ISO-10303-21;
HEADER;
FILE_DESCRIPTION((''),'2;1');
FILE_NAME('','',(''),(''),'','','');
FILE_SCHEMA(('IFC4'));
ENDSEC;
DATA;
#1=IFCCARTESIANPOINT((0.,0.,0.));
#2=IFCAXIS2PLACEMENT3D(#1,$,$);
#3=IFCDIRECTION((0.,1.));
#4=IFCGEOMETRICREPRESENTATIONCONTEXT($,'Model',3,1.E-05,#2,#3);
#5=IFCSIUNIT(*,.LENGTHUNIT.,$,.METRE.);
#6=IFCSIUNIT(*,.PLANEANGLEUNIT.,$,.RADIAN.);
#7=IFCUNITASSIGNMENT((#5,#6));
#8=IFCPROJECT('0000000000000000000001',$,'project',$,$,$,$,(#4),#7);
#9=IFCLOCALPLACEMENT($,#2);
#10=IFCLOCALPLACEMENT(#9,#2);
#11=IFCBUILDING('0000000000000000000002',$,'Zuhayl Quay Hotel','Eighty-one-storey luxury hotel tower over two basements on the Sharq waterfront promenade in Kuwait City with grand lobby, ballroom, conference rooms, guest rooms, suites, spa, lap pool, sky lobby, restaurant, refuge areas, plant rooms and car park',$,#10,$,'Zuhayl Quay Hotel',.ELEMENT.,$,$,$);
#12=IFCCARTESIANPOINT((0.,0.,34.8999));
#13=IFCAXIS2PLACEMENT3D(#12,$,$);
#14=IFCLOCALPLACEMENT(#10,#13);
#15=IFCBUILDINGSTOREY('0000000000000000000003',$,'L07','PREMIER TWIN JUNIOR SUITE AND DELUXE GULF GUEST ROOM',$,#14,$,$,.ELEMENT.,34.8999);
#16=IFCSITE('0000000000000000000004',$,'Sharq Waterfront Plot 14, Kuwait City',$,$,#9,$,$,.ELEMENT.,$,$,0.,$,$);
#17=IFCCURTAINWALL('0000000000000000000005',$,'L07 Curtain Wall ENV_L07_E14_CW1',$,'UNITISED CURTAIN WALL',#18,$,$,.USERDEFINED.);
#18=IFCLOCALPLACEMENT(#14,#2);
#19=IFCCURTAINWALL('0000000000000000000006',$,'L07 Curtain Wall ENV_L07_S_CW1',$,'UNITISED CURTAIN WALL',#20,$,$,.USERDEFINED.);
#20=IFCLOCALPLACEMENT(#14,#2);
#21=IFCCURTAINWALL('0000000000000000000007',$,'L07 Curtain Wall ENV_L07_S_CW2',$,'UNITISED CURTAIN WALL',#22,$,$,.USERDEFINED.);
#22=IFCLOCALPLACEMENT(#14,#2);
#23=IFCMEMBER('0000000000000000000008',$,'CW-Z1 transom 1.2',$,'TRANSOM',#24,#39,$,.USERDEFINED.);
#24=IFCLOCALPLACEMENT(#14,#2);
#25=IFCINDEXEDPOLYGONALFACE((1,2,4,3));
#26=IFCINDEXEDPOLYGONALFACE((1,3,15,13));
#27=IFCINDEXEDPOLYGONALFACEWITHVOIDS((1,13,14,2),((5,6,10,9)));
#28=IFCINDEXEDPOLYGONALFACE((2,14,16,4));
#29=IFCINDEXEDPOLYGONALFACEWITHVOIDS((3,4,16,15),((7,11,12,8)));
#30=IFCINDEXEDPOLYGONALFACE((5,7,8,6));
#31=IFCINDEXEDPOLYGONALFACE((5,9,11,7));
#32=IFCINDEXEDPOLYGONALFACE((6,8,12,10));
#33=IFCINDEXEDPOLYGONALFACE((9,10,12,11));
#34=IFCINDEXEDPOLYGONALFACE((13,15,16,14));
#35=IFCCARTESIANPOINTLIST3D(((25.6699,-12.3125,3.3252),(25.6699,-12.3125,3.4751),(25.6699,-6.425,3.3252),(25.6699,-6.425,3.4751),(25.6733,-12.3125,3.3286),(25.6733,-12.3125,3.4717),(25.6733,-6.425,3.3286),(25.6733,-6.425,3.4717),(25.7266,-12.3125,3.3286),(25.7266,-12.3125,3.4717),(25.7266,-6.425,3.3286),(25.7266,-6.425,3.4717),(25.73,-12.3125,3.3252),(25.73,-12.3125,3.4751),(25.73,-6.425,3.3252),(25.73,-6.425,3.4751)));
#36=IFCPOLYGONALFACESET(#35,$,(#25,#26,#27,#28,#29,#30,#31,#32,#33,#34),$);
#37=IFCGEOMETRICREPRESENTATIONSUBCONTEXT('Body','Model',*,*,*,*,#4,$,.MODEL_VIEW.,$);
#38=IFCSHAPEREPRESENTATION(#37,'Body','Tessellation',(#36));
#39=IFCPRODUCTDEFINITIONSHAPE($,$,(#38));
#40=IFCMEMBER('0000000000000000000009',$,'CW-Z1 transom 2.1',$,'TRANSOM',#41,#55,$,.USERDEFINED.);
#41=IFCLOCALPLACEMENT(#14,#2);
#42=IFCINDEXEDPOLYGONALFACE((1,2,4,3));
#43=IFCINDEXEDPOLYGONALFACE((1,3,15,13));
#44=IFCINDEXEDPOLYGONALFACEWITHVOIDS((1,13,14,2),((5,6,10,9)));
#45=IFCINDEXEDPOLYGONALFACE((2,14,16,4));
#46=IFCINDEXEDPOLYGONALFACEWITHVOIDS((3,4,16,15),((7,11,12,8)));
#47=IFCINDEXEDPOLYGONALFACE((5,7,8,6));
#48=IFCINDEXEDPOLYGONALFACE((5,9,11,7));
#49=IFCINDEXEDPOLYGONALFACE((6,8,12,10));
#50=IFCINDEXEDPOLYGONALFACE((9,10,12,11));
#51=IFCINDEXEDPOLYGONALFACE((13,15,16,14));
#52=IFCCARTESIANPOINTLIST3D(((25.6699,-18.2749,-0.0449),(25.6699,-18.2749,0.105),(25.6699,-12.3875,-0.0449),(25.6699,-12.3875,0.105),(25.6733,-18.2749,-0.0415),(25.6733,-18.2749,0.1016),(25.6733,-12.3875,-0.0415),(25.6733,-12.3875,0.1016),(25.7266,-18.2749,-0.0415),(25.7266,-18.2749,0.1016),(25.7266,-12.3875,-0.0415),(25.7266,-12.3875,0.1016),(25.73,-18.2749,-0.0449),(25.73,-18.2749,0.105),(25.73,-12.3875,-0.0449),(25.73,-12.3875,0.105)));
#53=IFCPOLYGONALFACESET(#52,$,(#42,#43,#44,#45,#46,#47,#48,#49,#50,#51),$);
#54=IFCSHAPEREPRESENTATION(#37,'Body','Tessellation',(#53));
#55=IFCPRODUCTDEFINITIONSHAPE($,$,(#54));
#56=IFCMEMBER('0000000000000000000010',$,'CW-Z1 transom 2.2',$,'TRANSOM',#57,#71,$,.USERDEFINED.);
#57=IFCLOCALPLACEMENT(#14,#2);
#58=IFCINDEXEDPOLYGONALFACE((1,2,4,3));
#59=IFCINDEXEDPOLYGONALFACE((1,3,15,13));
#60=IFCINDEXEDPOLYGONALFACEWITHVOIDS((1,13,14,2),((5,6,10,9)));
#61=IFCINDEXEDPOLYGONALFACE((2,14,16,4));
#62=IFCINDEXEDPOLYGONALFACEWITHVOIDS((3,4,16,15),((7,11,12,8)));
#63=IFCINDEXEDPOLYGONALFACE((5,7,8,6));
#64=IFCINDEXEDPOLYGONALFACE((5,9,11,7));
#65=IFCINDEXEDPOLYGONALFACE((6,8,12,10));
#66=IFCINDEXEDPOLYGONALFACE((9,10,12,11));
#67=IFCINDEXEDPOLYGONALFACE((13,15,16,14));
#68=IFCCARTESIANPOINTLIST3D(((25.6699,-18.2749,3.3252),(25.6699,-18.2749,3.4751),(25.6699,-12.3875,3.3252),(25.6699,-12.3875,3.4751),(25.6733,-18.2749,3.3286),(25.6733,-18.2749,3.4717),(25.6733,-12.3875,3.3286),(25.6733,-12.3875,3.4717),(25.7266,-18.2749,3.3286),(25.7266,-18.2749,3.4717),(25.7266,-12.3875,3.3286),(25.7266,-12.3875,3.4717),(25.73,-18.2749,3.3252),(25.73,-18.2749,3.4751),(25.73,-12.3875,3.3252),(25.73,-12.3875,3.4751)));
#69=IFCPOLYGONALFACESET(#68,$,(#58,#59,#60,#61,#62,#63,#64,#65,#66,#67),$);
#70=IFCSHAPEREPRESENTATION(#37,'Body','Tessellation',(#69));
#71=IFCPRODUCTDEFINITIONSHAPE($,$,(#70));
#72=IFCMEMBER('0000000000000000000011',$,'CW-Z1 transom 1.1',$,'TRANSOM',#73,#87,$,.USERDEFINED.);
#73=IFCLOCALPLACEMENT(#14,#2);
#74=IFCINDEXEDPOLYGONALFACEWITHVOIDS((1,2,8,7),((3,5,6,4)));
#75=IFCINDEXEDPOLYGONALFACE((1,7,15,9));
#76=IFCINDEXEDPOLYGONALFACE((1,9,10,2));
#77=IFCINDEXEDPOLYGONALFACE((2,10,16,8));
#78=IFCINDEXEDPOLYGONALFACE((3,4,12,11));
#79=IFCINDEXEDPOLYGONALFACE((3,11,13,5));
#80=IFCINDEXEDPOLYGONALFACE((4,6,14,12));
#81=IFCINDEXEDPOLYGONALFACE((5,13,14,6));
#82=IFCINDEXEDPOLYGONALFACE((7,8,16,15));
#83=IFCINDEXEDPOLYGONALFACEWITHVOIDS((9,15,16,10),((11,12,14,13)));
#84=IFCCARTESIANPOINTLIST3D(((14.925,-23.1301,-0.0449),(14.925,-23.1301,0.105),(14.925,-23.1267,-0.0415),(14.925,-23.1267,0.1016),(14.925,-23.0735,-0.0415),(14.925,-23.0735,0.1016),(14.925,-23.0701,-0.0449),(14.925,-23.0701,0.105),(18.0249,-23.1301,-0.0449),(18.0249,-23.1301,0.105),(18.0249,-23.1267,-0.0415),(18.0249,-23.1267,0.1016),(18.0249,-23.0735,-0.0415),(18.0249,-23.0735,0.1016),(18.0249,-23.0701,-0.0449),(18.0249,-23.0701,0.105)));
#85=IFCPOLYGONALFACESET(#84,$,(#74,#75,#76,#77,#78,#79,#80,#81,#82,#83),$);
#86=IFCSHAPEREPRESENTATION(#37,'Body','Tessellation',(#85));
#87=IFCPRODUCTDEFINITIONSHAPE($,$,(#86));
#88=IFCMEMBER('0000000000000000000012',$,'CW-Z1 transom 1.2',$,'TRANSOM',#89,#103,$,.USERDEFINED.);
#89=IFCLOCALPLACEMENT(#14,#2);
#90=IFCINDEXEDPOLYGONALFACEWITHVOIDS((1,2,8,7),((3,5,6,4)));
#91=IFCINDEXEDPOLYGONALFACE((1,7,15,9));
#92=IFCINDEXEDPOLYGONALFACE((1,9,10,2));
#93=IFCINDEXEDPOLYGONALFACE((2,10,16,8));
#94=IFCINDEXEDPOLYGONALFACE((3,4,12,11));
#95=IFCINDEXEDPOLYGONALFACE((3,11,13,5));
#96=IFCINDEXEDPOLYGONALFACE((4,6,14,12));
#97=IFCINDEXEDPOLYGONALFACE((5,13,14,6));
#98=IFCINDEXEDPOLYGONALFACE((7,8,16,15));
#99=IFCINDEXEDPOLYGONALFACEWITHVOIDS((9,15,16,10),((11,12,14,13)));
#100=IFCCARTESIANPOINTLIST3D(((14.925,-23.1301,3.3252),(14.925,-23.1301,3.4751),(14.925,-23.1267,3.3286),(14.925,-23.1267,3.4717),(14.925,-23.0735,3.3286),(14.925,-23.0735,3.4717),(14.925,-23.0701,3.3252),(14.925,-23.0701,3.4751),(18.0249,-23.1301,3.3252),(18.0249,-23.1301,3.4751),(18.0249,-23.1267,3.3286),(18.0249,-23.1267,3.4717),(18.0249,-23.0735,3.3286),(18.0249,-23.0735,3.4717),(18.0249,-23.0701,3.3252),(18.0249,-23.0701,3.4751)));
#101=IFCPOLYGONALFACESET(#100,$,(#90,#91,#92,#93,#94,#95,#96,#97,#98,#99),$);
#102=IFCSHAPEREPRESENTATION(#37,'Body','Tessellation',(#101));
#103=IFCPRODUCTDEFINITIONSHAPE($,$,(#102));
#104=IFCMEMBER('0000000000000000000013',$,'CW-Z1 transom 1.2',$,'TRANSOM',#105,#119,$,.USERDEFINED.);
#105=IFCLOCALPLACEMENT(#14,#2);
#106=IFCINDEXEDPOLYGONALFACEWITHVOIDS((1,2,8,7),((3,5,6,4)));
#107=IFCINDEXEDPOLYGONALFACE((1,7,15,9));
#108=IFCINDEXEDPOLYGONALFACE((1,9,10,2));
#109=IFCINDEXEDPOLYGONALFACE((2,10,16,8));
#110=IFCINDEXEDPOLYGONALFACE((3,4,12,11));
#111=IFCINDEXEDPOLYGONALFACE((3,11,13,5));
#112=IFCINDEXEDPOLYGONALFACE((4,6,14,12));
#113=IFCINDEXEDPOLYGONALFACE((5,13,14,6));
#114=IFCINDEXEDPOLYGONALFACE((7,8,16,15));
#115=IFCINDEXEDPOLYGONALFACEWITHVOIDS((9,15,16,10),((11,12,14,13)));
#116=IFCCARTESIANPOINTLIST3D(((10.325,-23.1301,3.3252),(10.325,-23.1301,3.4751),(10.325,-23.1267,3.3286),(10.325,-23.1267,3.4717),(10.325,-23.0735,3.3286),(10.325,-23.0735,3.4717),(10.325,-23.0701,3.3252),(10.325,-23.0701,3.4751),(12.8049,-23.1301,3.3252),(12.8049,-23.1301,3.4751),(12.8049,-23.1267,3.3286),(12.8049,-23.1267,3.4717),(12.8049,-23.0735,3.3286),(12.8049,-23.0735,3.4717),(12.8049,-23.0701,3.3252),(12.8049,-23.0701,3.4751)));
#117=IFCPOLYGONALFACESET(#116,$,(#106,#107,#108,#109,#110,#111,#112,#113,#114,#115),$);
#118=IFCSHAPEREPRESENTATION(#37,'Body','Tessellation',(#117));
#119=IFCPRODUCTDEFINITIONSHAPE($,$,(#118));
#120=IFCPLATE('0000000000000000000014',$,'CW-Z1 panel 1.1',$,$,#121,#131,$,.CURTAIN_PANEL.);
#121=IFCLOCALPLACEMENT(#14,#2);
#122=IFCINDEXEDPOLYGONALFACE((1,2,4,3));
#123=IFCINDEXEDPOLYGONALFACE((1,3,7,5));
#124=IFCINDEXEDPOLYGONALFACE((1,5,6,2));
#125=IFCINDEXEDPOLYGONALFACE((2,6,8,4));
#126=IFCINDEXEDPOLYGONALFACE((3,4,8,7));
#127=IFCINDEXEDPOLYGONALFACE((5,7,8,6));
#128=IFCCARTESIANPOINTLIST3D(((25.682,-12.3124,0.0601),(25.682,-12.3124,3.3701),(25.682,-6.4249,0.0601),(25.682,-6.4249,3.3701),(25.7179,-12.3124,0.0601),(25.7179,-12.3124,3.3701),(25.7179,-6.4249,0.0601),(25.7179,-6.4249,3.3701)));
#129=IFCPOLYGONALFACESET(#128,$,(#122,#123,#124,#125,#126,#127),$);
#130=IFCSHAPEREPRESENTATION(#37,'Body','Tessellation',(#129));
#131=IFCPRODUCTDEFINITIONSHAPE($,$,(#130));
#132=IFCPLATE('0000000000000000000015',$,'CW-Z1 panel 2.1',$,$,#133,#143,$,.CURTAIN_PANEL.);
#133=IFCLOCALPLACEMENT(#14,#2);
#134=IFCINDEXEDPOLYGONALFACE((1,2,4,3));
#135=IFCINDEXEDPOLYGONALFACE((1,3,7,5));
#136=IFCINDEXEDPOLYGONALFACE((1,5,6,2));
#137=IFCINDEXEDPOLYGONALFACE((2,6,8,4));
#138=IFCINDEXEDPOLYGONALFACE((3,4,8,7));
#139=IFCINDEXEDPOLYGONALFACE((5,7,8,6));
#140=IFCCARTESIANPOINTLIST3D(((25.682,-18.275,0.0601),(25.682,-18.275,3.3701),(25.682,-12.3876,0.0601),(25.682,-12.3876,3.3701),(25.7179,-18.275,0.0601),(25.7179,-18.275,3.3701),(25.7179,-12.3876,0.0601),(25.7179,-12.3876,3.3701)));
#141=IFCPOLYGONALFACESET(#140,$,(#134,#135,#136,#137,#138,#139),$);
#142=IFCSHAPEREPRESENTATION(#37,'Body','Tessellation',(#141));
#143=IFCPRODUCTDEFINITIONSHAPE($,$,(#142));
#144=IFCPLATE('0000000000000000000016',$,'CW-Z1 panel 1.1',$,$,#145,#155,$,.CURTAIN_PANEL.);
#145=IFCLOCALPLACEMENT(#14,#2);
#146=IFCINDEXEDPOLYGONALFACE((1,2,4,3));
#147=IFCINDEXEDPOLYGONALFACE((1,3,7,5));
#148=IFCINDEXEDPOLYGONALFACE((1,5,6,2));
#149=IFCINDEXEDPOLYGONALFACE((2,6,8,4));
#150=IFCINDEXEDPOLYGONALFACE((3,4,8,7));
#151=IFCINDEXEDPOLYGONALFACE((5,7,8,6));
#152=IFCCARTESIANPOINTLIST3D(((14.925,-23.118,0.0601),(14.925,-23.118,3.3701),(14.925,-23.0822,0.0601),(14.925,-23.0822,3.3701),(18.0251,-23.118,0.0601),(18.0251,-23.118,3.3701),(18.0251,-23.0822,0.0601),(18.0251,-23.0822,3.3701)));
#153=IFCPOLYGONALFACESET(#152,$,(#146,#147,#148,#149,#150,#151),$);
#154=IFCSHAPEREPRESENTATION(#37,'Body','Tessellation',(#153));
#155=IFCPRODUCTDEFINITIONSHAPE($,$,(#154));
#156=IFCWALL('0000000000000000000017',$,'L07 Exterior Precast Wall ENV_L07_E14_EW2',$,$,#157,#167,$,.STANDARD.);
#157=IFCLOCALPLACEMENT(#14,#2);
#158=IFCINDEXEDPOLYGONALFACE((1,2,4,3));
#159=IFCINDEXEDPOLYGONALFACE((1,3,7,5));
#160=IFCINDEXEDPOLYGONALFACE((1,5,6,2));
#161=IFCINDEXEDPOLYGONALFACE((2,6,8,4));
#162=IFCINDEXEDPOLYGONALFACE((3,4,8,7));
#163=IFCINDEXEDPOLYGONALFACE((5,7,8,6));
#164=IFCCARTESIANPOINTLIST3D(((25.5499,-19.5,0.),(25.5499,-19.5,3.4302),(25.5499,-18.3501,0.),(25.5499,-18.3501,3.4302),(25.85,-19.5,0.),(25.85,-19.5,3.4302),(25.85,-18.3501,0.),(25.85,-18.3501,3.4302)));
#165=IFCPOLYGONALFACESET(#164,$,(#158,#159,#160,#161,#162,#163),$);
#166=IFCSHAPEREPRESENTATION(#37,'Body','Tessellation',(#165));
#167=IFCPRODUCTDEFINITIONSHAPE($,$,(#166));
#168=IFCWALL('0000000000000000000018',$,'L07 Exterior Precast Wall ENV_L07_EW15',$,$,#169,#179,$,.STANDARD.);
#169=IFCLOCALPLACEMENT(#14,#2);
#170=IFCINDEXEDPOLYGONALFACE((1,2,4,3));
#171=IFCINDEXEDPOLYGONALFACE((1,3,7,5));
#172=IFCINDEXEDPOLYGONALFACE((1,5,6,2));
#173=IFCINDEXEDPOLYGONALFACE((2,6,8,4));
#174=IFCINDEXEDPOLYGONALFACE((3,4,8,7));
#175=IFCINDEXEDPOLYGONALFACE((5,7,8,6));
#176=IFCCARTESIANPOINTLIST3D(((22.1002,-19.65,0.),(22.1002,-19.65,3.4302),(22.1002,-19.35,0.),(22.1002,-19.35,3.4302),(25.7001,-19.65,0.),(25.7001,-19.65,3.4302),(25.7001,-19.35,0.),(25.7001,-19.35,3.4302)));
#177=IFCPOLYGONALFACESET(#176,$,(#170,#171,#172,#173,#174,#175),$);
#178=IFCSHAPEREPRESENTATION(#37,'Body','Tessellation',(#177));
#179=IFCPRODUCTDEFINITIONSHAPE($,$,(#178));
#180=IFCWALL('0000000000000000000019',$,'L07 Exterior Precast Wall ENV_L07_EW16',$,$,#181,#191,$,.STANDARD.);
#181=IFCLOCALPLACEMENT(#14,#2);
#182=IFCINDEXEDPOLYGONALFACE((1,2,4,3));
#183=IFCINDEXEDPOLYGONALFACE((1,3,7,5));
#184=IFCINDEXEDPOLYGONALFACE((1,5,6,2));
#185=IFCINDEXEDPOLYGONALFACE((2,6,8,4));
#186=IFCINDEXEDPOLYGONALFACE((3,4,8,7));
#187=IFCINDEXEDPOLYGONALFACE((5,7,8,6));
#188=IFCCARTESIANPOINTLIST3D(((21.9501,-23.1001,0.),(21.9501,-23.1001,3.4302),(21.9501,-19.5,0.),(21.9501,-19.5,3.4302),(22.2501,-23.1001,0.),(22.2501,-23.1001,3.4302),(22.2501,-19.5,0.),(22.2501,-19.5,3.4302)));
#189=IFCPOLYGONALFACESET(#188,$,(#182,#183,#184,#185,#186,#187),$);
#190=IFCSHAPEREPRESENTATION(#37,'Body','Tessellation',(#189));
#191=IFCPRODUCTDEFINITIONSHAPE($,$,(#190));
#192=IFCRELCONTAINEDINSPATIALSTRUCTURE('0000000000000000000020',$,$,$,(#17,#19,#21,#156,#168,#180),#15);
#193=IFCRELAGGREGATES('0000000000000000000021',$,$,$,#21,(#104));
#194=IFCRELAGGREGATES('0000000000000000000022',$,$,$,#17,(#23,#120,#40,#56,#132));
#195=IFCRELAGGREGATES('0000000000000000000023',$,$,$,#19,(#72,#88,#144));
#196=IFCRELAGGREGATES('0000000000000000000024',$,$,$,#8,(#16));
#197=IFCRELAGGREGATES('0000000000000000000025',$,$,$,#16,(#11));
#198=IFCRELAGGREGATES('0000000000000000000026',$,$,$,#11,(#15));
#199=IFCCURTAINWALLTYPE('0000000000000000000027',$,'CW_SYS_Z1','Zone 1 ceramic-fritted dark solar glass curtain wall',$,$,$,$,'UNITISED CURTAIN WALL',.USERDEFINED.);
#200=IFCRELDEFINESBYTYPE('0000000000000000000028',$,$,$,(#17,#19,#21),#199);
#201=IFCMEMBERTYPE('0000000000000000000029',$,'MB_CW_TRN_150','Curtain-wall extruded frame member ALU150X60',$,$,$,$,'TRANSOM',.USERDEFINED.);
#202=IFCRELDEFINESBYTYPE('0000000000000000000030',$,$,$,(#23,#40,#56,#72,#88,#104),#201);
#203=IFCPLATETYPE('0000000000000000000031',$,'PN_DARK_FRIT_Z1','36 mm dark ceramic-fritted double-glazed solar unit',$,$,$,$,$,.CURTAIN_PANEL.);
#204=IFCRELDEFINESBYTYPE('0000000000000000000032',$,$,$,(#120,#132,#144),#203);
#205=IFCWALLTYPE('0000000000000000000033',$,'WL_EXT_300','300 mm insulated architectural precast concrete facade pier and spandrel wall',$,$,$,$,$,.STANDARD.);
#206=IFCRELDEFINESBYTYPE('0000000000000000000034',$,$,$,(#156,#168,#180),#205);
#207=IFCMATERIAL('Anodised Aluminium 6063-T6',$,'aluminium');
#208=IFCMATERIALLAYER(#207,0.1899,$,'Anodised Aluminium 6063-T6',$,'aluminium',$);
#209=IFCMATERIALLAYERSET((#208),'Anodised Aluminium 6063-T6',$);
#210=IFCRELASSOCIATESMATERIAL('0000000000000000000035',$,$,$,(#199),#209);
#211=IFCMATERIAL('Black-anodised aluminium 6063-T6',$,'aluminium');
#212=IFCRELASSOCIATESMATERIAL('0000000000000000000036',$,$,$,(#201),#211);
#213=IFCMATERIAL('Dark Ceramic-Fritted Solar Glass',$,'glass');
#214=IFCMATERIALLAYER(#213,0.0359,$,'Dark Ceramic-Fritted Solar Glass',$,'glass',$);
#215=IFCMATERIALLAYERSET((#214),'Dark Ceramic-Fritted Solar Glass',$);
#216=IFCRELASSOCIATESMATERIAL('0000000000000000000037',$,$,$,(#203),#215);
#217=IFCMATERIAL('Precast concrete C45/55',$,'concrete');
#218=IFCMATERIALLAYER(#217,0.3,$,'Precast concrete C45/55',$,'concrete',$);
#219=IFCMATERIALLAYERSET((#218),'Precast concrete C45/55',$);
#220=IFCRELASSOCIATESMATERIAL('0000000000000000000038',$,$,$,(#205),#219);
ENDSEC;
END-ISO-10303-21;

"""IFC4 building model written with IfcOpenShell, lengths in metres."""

from ifc_helpers import new_model, si_unit, direction, frame, frame_2d, origin, origin_2d, place, context, subcontext, project, spatial, rectangle, hollow_rectangle, extrude, material, layer, layer_set, material_profile, profile_set, type_object, element, aggregate, save


model = new_model("IFC4")

# Units and contexts
model_context = context("Model", 3, precision=1e-05, world=origin(), true_north=direction((0.0, 1.0)))
body_context = subcontext(model_context, "Body", "Model", "MODEL_VIEW")
ifc_project = project(units=[si_unit("LENGTHUNIT", "METRE"), si_unit("PLANEANGLEUNIT", "RADIAN")], contexts=[model_context])

# Site, building, storey
site_placement = place(None, origin())
site = spatial("IfcSite", under=ifc_project, at=site_placement, Name="Sharq Waterfront Plot 14, Kuwait City", CompositionType="ELEMENT", RefElevation=0.0)
building_placement = place(site_placement, origin())
building = spatial("IfcBuilding", under=site, at=building_placement, Name="Zuhayl Quay Hotel", Description="Eighty-one-storey luxury hotel tower over two basements on the Sharq waterfront promenade in Kuwait City with grand lobby, ballroom, conference rooms, guest rooms, suites, spa, lap pool, sky lobby, restaurant, refuge areas, plant rooms and car park", LongName="Zuhayl Quay Hotel", CompositionType="ELEMENT")
storey_placement = place(building_placement, frame((0.0, 0.0, 34.8999)))
storey = spatial("IfcBuildingStorey", under=building, at=storey_placement, Name="L07", Description="PREMIER TWIN JUNIOR SUITE AND DELUXE GULF GUEST ROOM", CompositionType="ELEMENT", Elevation=34.8999)

# Curtain walls
ifc_material_1 = material(Name="Anodised Aluminium 6063-T6", Category="aluminium")
ifc_layer_1 = layer(ifc_material_1, 0.1899, Name="Anodised Aluminium 6063-T6", Category="aluminium")
ifc_layer_set_1 = layer_set([ifc_layer_1], Name="Anodised Aluminium 6063-T6")
curtain_wall_type = type_object("IfcCurtainWallType", Name="CW_SYS_Z1", Description="Zone 1 ceramic-fritted dark solar glass curtain wall", ElementType="UNITISED CURTAIN WALL", PredefinedType="USERDEFINED", material=ifc_layer_set_1)
curtain_wall_1_placement = place(storey_placement, origin())
curtain_wall_1 = element("IfcCurtainWall", 1, at=curtain_wall_1_placement, inside=storey, type_object=curtain_wall_type, Name="L07 Curtain Wall ENV_L07_E14_CW1", ObjectType="UNITISED CURTAIN WALL", PredefinedType="USERDEFINED")
ifc_material_2 = material(Name="Black-anodised aluminium 6063-T6", Category="aluminium")
curtain_wall_2_placement = place(storey_placement, origin())
curtain_wall_2 = element("IfcCurtainWall", 2, at=curtain_wall_2_placement, inside=storey, type_object=curtain_wall_type, Name="L07 Curtain Wall ENV_L07_S_CW1", ObjectType="UNITISED CURTAIN WALL", PredefinedType="USERDEFINED")

# Curtain wall
curtain_wall_3_placement = place(storey_placement, origin())
curtain_wall_3 = element("IfcCurtainWall", 3, at=curtain_wall_3_placement, inside=storey, type_object=curtain_wall_type, Name="L07 Curtain Wall ENV_L07_S_CW2", ObjectType="UNITISED CURTAIN WALL", PredefinedType="USERDEFINED")

# Members
ifc_material_profile_1 = material_profile(ifc_material_2, hollow_rectangle(XDim=0.0601, YDim=0.1499, WallThickness=0.0034, at=origin_2d()), Name="ALU150X60")
ifc_profile_set_1 = profile_set([ifc_material_profile_1], Name="Black-anodised aluminium 6063-T6")
member_type_1 = type_object("IfcMemberType", Name="MB_CW_TRN_150", Description="Curtain-wall extruded frame member ALU150X60", ElementType="TRANSOM", PredefinedType="USERDEFINED", material=ifc_profile_set_1)
member_1_placement = place(storey_placement, frame((25.7, -6.425, 3.4001), z_axis=(0.0, -1.0, 0.0), x_axis=(1.0, 0.0, 0.0)))
member_1 = element("IfcMember", 4, at=member_1_placement, type_object=member_type_1, Name="CW-Z1 transom 1.2", ObjectType="TRANSOM", PredefinedType="USERDEFINED", context=body_context, shape_type="SweptSolid", body=[
    extrude(hollow_rectangle(XDim=0.0601, YDim=0.1499, WallThickness=0.0034, at=origin_2d()), origin(), (0.0, 0.0, 1.0), 5.8875),
])
member_2_placement = place(storey_placement, frame((25.7, -12.3875, 0.03), z_axis=(0.0, -1.0, 0.0), x_axis=(1.0, 0.0, 0.0)))
member_2 = element("IfcMember", 5, at=member_2_placement, type_object=member_type_1, Name="CW-Z1 transom 2.1", ObjectType="TRANSOM", PredefinedType="USERDEFINED", context=body_context, shape_type="SweptSolid", body=[
    extrude(hollow_rectangle(XDim=0.0601, YDim=0.1499, WallThickness=0.0034, at=origin_2d()), origin(), (0.0, 0.0, 1.0), 5.8875),
])
member_3_placement = place(storey_placement, frame((25.7, -12.3875, 3.4001), z_axis=(0.0, -1.0, 0.0), x_axis=(1.0, 0.0, 0.0)))
member_3 = element("IfcMember", 6, at=member_3_placement, type_object=member_type_1, Name="CW-Z1 transom 2.2", ObjectType="TRANSOM", PredefinedType="USERDEFINED", context=body_context, shape_type="SweptSolid", body=[
    extrude(hollow_rectangle(XDim=0.0601, YDim=0.1499, WallThickness=0.0034, at=origin_2d()), origin(), (0.0, 0.0, 1.0), 5.8875),
])
member_4_placement = place(storey_placement, frame((18.0249, -23.1001, 0.03), z_axis=(-1.0, 0.0, 0.0), x_axis=(0.0, -1.0, 0.0)))
member_4 = element("IfcMember", 7, at=member_4_placement, type_object=member_type_1, Name="CW-Z1 transom 1.1", ObjectType="TRANSOM", PredefinedType="USERDEFINED", context=body_context, shape_type="SweptSolid", body=[
    extrude(hollow_rectangle(XDim=0.0601, YDim=0.1499, WallThickness=0.0034, at=origin_2d()), origin(), (0.0, 0.0, 1.0), 3.0999),
])
member_5_placement = place(storey_placement, frame((18.0249, -23.1001, 3.4001), z_axis=(-1.0, 0.0, 0.0), x_axis=(0.0, -1.0, 0.0)))
member_5 = element("IfcMember", 8, at=member_5_placement, type_object=member_type_1, Name="CW-Z1 transom 1.2", ObjectType="TRANSOM", PredefinedType="USERDEFINED", context=body_context, shape_type="SweptSolid", body=[
    extrude(hollow_rectangle(XDim=0.0601, YDim=0.1499, WallThickness=0.0034, at=origin_2d()), origin(), (0.0, 0.0, 1.0), 3.0999),
])
member_6_placement = place(storey_placement, frame((12.8049, -23.1001, 3.4001), z_axis=(-1.0, 0.0, 0.0), x_axis=(0.0, -1.0, 0.0)))
member_6 = element("IfcMember", 9, at=member_6_placement, type_object=member_type_1, Name="CW-Z1 transom 1.2", ObjectType="TRANSOM", PredefinedType="USERDEFINED", context=body_context, shape_type="SweptSolid", body=[
    extrude(hollow_rectangle(XDim=0.0601, YDim=0.1499, WallThickness=0.0034, at=origin_2d()), origin(), (0.0, 0.0, 1.0), 2.48),
])
aggregate(curtain_wall_3, [member_6])

# Plates
ifc_material_3 = material(Name="Dark Ceramic-Fritted Solar Glass", Category="glass")
ifc_layer_2 = layer(ifc_material_3, 0.0359, Name="Dark Ceramic-Fritted Solar Glass", Category="glass")
ifc_layer_set_2 = layer_set([ifc_layer_2], Name="Dark Ceramic-Fritted Solar Glass")
plate_type = type_object("IfcPlateType", Name="PN_DARK_FRIT_Z1", Description="36 mm dark ceramic-fritted double-glazed solar unit", PredefinedType="CURTAIN_PANEL", material=ifc_layer_set_2)
plate_1_placement = place(storey_placement, frame((25.7, -9.3687, 0.0601), z_axis=(0.0, 0.0, 1.0), x_axis=(0.0, -1.0, 0.0)))
plate_1 = element("IfcPlate", 10, at=plate_1_placement, type_object=plate_type, Name="CW-Z1 panel 1.1", PredefinedType="CURTAIN_PANEL", context=body_context, shape_type="SweptSolid", body=[
    extrude(rectangle(XDim=5.8875, YDim=0.0359, at=origin_2d()), origin(), (0.0, 0.0, 1.0), 3.3101),
])
plate_2_placement = place(storey_placement, frame((25.7, -15.3313, 0.0601), z_axis=(0.0, 0.0, 1.0), x_axis=(0.0, -1.0, 0.0)))
plate_2 = element("IfcPlate", 11, at=plate_2_placement, type_object=plate_type, Name="CW-Z1 panel 2.1", PredefinedType="CURTAIN_PANEL", context=body_context, shape_type="SweptSolid", body=[
    extrude(rectangle(XDim=5.8875, YDim=0.0359, at=origin_2d()), origin(), (0.0, 0.0, 1.0), 3.3101),
])
aggregate(curtain_wall_1, [member_1, plate_1, member_2, member_3, plate_2])
plate_3_placement = place(storey_placement, frame((16.4751, -23.1001, 0.0601), z_axis=(0.0, 0.0, 1.0), x_axis=(-1.0, 0.0, 0.0)))
plate_3 = element("IfcPlate", 12, at=plate_3_placement, type_object=plate_type, Name="CW-Z1 panel 1.1", PredefinedType="CURTAIN_PANEL", context=body_context, shape_type="SweptSolid", body=[
    extrude(rectangle(XDim=3.1001, YDim=0.0359, at=origin_2d()), origin(), (0.0, 0.0, 1.0), 3.3101),
])
aggregate(curtain_wall_2, [member_4, member_5, plate_3])

# Walls
ifc_material_4 = material(Name="Precast concrete C45/55", Category="concrete")
ifc_layer_3 = layer(ifc_material_4, 0.3, Name="Precast concrete C45/55", Category="concrete")
ifc_layer_set_3 = layer_set([ifc_layer_3], Name="Precast concrete C45/55")
wall_type_1 = type_object("IfcWallType", Name="WL_EXT_300", Description="300 mm insulated architectural precast concrete facade pier and spandrel wall", PredefinedType="STANDARD", material=ifc_layer_set_3)
wall_1_placement = place(storey_placement, frame((25.7, -18.3501, 0.0), z_axis=(0.0, 0.0, 1.0), x_axis=(0.0, -1.0, 0.0)))
element("IfcWall", 13, at=wall_1_placement, inside=storey, type_object=wall_type_1, Name="L07 Exterior Precast Wall ENV_L07_E14_EW2", PredefinedType="STANDARD", context=body_context, shape_type="SweptSolid", body=[
    extrude(rectangle(XDim=1.1499, YDim=0.3, at=frame_2d((0.575, 0.0))), origin(), (0.0, 0.0, 1.0), 3.4302),
])
wall_2_placement = place(storey_placement, frame((25.7, -19.5, 0.0), z_axis=(0.0, 0.0, 1.0), x_axis=(-1.0, 0.0, 0.0)))
element("IfcWall", 14, at=wall_2_placement, inside=storey, type_object=wall_type_1, Name="L07 Exterior Precast Wall ENV_L07_EW15", PredefinedType="STANDARD", context=body_context, shape_type="SweptSolid", body=[
    extrude(rectangle(XDim=3.5999, YDim=0.3, at=frame_2d((1.7998, 0.0))), origin(), (0.0, 0.0, 1.0), 3.4302),
])
wall_3_placement = place(storey_placement, frame((22.1001, -19.5, 0.0), z_axis=(0.0, 0.0, 1.0), x_axis=(0.0, -1.0, 0.0)))
element("IfcWall", 15, at=wall_3_placement, inside=storey, type_object=wall_type_1, Name="L07 Exterior Precast Wall ENV_L07_EW16", PredefinedType="STANDARD", context=body_context, shape_type="SweptSolid", body=[
    extrude(rectangle(XDim=3.6001, YDim=0.3, at=frame_2d((1.8, 0.0))), origin(), (0.0, 0.0, 1.0), 3.4302),
])

save(model, "model.ifc")
